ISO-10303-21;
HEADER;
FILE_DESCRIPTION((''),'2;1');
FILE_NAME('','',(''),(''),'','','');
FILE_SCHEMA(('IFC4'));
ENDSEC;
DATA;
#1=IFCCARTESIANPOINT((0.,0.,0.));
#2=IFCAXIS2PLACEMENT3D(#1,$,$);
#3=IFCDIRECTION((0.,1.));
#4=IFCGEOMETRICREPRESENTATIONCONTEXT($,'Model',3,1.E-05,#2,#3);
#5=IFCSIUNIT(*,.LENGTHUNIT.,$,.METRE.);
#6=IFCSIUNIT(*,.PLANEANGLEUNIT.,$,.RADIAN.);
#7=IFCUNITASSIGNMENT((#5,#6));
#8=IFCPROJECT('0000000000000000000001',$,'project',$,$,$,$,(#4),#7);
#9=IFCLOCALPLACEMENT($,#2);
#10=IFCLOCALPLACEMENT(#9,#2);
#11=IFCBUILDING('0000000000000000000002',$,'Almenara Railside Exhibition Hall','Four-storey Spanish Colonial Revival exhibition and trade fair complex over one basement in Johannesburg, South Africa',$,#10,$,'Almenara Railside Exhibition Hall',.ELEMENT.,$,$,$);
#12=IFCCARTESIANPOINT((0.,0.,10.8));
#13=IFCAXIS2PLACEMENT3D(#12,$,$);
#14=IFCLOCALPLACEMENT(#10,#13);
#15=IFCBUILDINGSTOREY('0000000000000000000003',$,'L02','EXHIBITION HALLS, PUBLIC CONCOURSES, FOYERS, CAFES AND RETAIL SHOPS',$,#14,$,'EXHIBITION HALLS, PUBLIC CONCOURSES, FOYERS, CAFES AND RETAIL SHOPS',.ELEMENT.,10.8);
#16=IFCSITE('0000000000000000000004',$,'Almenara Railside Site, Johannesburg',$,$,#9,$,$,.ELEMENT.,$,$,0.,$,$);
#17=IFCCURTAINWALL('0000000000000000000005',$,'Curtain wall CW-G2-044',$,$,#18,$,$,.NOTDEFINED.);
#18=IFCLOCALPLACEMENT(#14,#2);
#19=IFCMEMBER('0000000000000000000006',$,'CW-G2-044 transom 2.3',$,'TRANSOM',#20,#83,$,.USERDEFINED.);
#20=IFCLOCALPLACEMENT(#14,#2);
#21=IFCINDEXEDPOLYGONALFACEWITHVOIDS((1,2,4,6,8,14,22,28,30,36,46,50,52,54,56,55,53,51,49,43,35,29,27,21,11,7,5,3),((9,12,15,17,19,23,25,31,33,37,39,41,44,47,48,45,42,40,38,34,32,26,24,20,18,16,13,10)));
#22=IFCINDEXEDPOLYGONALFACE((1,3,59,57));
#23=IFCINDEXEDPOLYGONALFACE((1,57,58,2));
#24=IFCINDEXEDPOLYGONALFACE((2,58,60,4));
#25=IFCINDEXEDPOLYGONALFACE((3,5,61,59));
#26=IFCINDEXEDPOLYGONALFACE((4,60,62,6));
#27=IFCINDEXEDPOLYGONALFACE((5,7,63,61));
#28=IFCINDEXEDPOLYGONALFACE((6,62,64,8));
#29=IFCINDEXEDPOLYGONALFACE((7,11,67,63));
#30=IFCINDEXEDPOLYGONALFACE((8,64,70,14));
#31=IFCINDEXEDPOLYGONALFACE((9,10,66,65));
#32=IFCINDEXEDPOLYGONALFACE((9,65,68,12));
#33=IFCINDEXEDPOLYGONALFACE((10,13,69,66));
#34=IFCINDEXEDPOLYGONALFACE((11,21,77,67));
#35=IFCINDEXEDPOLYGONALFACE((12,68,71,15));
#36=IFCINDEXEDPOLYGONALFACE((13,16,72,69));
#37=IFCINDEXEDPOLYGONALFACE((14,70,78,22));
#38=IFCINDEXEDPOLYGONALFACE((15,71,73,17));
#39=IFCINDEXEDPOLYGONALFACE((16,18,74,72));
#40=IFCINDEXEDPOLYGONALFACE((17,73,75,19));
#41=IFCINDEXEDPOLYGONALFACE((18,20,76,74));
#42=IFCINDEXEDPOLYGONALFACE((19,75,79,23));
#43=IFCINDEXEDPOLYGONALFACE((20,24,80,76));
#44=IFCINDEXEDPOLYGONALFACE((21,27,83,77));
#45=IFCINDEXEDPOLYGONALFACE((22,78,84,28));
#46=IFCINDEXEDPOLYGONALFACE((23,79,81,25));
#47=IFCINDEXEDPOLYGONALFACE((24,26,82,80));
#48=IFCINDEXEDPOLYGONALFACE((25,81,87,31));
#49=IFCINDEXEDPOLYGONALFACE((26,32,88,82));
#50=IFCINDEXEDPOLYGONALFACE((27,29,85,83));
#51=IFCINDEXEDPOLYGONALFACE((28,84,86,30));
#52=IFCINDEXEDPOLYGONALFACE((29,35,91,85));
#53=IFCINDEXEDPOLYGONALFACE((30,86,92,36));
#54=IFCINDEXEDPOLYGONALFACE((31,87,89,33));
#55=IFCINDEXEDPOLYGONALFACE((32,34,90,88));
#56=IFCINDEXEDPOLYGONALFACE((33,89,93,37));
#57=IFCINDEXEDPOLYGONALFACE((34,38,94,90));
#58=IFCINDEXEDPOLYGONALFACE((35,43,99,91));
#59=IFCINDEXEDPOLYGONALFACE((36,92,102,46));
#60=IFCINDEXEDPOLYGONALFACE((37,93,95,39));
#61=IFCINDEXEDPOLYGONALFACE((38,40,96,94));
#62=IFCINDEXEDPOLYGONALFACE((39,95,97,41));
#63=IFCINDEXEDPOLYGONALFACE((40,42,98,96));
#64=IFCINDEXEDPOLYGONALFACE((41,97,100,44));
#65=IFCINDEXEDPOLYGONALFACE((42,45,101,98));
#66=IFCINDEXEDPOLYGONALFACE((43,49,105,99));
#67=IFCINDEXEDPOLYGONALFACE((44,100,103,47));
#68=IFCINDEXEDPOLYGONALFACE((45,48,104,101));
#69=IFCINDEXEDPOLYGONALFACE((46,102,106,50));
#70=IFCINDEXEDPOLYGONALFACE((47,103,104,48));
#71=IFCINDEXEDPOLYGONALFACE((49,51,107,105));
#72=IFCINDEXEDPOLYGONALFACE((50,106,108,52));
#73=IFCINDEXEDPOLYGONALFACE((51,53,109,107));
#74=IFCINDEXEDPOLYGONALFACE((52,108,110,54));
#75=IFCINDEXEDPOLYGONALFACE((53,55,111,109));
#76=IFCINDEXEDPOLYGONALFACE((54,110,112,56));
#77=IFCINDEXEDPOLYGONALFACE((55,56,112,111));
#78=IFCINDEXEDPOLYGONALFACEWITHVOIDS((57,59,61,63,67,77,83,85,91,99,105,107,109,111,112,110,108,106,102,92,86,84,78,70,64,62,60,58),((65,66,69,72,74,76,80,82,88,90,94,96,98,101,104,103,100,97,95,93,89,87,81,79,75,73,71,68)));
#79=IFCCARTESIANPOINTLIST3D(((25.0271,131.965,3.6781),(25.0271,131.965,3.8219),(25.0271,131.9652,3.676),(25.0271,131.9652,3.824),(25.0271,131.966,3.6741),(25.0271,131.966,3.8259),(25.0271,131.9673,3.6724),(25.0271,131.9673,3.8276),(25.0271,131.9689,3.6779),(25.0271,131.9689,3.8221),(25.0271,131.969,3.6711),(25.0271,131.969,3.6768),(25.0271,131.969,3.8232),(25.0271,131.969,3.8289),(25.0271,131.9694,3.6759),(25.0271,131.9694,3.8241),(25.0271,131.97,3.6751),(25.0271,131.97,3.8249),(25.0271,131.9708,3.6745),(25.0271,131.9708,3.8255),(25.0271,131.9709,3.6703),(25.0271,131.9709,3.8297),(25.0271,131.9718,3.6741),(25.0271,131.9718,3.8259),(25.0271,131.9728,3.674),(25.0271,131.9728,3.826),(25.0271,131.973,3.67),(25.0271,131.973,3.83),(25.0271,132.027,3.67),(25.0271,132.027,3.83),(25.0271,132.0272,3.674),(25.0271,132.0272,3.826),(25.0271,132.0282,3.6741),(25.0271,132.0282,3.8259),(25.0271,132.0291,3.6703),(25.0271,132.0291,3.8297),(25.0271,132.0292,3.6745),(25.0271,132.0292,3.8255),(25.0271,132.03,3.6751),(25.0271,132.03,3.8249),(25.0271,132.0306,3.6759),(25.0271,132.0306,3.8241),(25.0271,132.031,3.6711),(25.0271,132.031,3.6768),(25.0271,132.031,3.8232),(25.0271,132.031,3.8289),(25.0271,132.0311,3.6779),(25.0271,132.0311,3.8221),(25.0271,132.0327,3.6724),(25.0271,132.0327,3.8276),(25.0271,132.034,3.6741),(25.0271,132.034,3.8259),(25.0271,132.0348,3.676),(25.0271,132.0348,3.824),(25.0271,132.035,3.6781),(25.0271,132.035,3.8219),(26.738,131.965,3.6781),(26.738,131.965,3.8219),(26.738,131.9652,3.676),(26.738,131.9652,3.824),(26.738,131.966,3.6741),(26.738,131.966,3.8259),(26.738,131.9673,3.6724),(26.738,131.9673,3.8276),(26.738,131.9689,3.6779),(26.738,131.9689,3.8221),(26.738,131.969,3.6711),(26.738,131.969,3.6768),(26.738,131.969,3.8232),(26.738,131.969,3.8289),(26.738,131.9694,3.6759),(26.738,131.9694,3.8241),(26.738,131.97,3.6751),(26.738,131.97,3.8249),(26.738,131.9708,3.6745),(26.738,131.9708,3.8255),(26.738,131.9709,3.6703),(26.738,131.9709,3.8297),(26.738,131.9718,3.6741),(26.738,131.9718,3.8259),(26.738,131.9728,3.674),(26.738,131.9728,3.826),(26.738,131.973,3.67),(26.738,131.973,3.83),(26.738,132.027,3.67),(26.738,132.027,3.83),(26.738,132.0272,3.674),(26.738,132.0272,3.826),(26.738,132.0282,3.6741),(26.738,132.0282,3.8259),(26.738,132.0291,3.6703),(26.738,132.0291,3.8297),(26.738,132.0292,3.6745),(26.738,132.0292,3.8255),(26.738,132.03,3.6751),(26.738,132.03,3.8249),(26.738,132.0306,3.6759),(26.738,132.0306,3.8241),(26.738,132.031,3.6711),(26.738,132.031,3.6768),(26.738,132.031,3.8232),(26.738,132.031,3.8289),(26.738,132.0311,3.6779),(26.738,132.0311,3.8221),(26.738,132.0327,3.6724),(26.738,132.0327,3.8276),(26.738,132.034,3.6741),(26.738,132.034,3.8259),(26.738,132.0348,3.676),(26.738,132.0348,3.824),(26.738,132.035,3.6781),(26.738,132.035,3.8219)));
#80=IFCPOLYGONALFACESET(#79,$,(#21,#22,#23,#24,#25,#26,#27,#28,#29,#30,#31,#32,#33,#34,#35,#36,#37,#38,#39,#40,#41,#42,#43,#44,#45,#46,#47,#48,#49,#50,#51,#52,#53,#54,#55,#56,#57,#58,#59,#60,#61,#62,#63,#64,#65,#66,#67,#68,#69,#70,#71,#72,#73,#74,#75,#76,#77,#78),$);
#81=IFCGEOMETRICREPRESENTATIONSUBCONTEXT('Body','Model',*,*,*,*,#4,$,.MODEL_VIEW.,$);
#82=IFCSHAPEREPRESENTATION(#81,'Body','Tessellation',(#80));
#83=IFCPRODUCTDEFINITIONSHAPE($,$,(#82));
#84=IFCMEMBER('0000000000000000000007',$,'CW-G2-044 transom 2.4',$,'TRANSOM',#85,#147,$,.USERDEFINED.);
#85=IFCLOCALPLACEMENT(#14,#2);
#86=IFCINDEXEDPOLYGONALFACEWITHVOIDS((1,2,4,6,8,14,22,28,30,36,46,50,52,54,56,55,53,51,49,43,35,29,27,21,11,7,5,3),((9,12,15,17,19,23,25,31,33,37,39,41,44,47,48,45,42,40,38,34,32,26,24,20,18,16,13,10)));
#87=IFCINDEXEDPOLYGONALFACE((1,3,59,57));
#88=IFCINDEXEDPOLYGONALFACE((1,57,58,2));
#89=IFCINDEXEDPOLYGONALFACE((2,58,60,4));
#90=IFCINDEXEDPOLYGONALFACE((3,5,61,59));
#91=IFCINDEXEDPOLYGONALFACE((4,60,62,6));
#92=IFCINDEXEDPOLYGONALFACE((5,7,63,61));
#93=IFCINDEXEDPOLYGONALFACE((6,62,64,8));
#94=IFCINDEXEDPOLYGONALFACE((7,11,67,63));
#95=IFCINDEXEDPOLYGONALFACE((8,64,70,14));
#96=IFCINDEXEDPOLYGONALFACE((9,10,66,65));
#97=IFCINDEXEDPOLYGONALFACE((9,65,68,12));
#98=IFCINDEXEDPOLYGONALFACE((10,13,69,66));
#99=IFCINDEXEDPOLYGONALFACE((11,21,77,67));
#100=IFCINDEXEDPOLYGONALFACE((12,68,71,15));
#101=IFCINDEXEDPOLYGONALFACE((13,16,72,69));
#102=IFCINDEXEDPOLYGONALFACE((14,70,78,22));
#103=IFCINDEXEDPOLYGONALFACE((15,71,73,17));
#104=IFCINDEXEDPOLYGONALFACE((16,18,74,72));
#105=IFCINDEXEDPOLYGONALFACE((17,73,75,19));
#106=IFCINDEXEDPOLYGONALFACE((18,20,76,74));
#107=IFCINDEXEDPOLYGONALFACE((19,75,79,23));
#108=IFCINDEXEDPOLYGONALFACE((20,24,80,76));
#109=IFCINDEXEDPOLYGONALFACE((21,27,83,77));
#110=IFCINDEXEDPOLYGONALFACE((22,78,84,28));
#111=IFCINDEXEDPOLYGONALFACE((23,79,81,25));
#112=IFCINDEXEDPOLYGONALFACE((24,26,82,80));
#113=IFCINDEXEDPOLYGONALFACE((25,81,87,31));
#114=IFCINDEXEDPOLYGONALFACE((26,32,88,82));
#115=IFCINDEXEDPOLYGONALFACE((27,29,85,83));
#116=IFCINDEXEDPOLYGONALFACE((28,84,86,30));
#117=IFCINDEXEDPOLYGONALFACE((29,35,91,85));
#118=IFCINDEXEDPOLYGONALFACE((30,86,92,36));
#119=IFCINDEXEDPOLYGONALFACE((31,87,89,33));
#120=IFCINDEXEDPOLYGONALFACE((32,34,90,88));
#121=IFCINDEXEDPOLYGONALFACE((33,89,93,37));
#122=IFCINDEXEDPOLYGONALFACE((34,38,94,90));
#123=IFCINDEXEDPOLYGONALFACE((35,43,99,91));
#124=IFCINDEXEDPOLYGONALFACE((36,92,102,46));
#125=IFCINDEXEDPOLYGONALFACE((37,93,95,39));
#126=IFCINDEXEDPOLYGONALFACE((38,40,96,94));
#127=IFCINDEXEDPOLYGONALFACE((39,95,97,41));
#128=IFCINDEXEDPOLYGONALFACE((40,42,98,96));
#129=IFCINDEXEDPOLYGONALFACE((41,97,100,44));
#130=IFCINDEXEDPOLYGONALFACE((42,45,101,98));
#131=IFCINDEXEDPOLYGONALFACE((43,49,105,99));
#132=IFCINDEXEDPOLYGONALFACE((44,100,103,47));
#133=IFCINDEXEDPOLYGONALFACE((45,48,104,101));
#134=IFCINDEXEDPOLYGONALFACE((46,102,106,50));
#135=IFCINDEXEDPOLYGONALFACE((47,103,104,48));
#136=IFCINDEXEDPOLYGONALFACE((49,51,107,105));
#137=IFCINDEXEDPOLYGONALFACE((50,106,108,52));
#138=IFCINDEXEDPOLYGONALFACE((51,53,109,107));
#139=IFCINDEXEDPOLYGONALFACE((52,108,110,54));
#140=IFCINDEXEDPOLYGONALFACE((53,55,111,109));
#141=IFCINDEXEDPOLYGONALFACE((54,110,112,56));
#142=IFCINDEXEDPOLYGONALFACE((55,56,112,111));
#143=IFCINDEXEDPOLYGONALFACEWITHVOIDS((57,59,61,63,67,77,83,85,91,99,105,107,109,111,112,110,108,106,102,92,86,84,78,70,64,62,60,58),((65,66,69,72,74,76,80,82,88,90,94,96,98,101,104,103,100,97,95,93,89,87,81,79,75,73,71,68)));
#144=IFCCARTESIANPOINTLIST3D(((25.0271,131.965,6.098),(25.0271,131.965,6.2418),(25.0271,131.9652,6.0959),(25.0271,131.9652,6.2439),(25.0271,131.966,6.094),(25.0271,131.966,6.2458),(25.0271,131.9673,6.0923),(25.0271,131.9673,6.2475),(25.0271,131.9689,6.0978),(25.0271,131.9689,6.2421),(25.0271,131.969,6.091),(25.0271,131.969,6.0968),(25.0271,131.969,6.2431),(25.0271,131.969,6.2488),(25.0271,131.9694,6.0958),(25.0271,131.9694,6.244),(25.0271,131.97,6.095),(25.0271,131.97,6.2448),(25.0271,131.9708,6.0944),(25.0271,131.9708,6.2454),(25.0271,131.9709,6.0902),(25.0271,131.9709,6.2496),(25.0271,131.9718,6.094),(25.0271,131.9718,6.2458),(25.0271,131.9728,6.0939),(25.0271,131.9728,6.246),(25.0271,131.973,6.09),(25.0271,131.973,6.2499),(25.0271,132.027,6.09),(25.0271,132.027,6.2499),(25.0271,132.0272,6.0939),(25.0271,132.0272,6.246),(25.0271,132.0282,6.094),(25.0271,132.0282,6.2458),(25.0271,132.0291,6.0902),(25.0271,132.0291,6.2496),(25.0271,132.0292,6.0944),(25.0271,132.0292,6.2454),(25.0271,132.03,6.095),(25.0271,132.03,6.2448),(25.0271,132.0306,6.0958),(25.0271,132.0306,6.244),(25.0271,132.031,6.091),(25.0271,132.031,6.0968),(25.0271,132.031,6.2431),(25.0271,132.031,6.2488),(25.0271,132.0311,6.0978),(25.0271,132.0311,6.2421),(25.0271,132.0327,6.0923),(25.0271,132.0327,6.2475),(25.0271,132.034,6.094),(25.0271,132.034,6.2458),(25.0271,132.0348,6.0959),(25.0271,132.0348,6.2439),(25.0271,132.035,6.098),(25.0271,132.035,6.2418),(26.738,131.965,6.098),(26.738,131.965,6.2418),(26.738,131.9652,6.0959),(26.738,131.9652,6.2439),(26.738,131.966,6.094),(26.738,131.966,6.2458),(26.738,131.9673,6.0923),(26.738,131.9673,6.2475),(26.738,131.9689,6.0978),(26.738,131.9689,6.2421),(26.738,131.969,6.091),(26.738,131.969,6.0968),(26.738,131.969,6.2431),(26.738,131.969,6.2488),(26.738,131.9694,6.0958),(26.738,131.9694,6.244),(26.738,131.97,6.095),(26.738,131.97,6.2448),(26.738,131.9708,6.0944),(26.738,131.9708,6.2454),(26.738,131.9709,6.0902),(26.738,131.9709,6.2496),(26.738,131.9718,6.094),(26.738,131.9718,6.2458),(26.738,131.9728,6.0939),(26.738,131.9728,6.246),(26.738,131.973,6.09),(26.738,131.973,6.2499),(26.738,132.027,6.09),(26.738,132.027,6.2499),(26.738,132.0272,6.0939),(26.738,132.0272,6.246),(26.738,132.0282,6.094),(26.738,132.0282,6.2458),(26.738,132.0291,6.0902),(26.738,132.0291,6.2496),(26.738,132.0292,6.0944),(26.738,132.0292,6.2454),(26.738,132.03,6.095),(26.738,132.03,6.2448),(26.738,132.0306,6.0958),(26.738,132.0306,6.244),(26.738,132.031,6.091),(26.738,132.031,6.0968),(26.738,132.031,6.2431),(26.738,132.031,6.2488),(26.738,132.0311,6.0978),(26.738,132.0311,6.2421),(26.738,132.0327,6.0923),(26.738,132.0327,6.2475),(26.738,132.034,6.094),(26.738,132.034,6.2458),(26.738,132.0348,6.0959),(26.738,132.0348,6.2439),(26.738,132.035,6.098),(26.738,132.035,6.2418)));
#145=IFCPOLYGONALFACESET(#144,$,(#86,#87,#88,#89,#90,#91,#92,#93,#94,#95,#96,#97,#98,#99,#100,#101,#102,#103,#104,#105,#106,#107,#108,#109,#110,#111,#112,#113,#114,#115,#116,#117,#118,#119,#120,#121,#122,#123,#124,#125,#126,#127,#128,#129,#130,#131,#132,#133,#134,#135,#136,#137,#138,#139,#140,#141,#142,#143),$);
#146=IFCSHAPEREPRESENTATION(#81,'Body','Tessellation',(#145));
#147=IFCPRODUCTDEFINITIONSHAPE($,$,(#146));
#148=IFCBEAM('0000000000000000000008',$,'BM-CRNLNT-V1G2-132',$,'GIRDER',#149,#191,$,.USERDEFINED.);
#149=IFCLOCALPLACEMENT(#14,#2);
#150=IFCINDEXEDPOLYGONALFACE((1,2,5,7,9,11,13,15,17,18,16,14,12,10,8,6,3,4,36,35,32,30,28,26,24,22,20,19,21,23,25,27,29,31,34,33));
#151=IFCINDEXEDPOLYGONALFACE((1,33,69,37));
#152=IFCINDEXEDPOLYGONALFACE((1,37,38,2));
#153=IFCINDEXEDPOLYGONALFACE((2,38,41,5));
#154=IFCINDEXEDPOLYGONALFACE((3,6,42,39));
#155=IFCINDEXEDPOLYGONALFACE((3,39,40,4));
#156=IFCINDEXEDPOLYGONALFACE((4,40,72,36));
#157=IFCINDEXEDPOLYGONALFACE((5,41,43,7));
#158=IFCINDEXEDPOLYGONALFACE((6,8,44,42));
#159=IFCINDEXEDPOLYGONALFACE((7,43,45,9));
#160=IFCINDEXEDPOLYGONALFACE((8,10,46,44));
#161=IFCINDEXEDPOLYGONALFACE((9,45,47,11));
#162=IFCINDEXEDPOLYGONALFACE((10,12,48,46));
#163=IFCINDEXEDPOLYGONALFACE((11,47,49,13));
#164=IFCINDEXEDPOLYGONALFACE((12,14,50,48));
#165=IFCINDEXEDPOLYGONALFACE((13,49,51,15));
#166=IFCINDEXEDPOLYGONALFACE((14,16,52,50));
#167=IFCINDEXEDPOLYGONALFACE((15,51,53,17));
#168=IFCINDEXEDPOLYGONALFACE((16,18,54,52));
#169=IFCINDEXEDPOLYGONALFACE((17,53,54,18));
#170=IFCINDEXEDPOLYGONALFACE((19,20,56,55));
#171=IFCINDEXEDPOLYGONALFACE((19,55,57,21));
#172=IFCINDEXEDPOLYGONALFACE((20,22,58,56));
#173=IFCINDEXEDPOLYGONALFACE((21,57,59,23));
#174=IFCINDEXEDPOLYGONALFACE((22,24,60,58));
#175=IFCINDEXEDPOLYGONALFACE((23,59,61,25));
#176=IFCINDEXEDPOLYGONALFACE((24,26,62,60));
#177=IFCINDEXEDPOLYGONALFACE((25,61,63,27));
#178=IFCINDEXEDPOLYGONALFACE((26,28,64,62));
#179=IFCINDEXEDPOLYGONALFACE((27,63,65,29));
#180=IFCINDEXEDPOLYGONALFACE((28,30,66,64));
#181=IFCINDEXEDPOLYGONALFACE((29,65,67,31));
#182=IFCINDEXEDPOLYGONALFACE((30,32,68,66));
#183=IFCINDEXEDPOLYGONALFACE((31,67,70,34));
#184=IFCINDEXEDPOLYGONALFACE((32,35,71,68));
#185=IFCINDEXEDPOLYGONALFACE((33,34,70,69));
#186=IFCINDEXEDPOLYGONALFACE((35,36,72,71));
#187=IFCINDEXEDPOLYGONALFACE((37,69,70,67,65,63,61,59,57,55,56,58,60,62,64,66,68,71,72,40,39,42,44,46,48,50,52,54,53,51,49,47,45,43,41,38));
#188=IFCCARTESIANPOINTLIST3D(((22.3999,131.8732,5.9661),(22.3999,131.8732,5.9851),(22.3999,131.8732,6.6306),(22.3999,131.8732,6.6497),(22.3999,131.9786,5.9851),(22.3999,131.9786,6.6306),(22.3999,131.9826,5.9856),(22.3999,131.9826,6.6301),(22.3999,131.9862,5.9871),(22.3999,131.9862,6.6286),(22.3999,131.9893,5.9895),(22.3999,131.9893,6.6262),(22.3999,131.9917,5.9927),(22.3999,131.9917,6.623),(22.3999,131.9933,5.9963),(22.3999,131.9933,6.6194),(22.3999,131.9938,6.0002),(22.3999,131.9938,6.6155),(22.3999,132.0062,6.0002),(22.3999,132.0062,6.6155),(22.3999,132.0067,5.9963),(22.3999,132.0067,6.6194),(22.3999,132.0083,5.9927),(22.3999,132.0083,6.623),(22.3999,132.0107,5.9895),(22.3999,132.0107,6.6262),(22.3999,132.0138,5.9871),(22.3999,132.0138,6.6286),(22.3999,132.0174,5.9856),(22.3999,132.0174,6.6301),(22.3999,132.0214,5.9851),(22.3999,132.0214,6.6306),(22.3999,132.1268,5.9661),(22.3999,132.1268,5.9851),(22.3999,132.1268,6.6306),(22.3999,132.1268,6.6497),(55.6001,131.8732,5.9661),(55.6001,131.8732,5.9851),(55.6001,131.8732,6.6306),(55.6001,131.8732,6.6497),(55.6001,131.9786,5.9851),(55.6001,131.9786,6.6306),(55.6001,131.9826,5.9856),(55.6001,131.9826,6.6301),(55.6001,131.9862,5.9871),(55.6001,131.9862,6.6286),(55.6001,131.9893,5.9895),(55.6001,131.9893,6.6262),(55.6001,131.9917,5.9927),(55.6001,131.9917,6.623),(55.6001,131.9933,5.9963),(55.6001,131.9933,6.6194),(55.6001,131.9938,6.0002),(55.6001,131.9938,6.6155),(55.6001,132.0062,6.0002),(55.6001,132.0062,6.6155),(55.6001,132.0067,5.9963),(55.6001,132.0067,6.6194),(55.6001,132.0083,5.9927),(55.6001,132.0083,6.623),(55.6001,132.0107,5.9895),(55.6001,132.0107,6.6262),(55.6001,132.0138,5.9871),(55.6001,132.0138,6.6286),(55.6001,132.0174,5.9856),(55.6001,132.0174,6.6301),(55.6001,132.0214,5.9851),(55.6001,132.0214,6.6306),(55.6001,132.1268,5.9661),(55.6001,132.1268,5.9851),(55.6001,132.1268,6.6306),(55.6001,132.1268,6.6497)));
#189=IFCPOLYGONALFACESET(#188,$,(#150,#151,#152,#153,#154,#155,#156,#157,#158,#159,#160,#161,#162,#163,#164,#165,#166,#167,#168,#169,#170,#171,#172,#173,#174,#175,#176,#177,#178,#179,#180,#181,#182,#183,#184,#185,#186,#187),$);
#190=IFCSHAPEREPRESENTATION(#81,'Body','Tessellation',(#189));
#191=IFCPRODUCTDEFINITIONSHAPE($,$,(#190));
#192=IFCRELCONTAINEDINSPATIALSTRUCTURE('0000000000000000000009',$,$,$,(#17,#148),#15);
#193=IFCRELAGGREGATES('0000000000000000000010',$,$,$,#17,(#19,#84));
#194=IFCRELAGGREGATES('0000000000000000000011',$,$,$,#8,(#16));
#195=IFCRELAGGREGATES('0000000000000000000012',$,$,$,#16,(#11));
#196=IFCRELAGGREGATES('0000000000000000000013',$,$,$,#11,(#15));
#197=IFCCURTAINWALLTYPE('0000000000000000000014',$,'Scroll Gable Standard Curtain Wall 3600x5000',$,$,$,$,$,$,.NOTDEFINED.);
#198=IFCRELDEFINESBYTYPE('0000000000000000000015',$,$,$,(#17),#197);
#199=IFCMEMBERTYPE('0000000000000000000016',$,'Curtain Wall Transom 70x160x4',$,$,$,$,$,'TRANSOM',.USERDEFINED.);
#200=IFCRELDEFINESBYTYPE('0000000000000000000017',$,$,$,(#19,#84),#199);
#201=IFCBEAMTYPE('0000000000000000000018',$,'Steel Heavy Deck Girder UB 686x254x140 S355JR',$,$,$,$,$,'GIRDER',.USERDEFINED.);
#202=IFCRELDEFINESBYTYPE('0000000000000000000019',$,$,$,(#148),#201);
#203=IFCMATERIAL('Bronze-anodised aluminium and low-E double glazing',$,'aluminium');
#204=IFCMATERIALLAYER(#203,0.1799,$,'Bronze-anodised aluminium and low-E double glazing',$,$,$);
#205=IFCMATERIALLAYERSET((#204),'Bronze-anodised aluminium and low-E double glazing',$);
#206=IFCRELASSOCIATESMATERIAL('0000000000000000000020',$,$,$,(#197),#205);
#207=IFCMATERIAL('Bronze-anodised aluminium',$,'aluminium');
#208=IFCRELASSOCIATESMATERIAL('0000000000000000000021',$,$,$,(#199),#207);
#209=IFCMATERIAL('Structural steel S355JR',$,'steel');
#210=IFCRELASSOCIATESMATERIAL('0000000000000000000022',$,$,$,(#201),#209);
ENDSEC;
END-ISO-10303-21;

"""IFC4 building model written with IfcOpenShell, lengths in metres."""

from ifc_helpers import new_model, si_unit, direction, frame, origin, origin_2d, place, context, subcontext, project, spatial, hollow_rectangle, i_section, extrude, material, layer, layer_set, material_profile, profile_set, type_object, element, aggregate, save


model = new_model("IFC4")

# Units and contexts
model_context = context("Model", 3, precision=1e-05, world=origin(), true_north=direction((0.0, 1.0)))
body_context = subcontext(model_context, "Body", "Model", "MODEL_VIEW")
ifc_project = project(units=[si_unit("LENGTHUNIT", "METRE"), si_unit("PLANEANGLEUNIT", "RADIAN")], contexts=[model_context])

# Site, building, storey
site_placement = place(None, origin())
site = spatial("IfcSite", under=ifc_project, at=site_placement, Name="Almenara Railside Site, Johannesburg", CompositionType="ELEMENT", RefElevation=0.0)
building_placement = place(site_placement, origin())
building = spatial("IfcBuilding", under=site, at=building_placement, Name="Almenara Railside Exhibition Hall", Description="Four-storey Spanish Colonial Revival exhibition and trade fair complex over one basement in Johannesburg, South Africa", LongName="Almenara Railside Exhibition Hall", CompositionType="ELEMENT")
storey_placement = place(building_placement, frame((0.0, 0.0, 10.8)))
storey = spatial("IfcBuildingStorey", under=building, at=storey_placement, Name="L02", Description="EXHIBITION HALLS, PUBLIC CONCOURSES, FOYERS, CAFES AND RETAIL SHOPS", LongName="EXHIBITION HALLS, PUBLIC CONCOURSES, FOYERS, CAFES AND RETAIL SHOPS", CompositionType="ELEMENT", Elevation=10.8)

# Shared definitions
ifc_material_1 = material(Name="Structural steel S355JR", Category="steel")

# Curtain wall, members
ifc_material_2 = material(Name="Bronze-anodised aluminium and low-E double glazing", Category="aluminium")
ifc_layer_1 = layer(ifc_material_2, 0.1799, Name="Bronze-anodised aluminium and low-E double glazing")
ifc_layer_set_1 = layer_set([ifc_layer_1], Name="Bronze-anodised aluminium and low-E double glazing")
curtain_wall_type = type_object("IfcCurtainWallType", Name="Scroll Gable Standard Curtain Wall 3600x5000", PredefinedType="NOTDEFINED", material=ifc_layer_set_1)
curtain_wall_placement = place(storey_placement, origin())
curtain_wall = element("IfcCurtainWall", 1, at=curtain_wall_placement, inside=storey, type_object=curtain_wall_type, Name="Curtain wall CW-G2-044", PredefinedType="NOTDEFINED")
ifc_material_3 = material(Name="Bronze-anodised aluminium", Category="aluminium")
ifc_material_profile_1 = material_profile(ifc_material_3, hollow_rectangle(XDim=0.0701, YDim=0.1599, WallThickness=0.0039, InnerFilletRadius=0.0039, OuterFilletRadius=0.0081, at=origin_2d()), Name="ALU-TRN 70x160x4")
ifc_profile_set_1 = profile_set([ifc_material_profile_1], Name="Bronze-anodised aluminium")
member_type_1 = type_object("IfcMemberType", Name="Curtain Wall Transom 70x160x4", ElementType="TRANSOM", PredefinedType="USERDEFINED", material=ifc_profile_set_1)
member_1_placement = place(storey_placement, frame((25.0271, 132.0, 3.75), z_axis=(1.0, 0.0, 0.0), x_axis=(0.0, 1.0, 0.0)))
member_1 = element("IfcMember", 2, at=member_1_placement, type_object=member_type_1, Name="CW-G2-044 transom 2.3", ObjectType="TRANSOM", PredefinedType="USERDEFINED", context=body_context, shape_type="SweptSolid", body=[
    extrude(hollow_rectangle(XDim=0.0701, YDim=0.1599, WallThickness=0.0039, InnerFilletRadius=0.0039, OuterFilletRadius=0.0081, at=origin_2d()), origin(), (0.0, 0.0, 1.0), 1.7109),
])
member_2_placement = place(storey_placement, frame((25.0271, 132.0, 6.1699), z_axis=(1.0, 0.0, 0.0), x_axis=(0.0, 1.0, 0.0)))
member_2 = element("IfcMember", 3, at=member_2_placement, type_object=member_type_1, Name="CW-G2-044 transom 2.4", ObjectType="TRANSOM", PredefinedType="USERDEFINED", context=body_context, shape_type="SweptSolid", body=[
    extrude(hollow_rectangle(XDim=0.0701, YDim=0.1599, WallThickness=0.0039, InnerFilletRadius=0.0039, OuterFilletRadius=0.0081, at=origin_2d()), origin(), (0.0, 0.0, 1.0), 1.7109),
])

# Beam
ifc_material_profile_2 = material_profile(ifc_material_1, i_section(OverallWidth=0.2537, OverallDepth=0.6836, WebThickness=0.0125, FlangeThickness=0.019, FilletRadius=0.0151, at=origin_2d()), Name="UB 686x254x140")
ifc_profile_set_2 = profile_set([ifc_material_profile_2], Name="Structural steel S355JR")
beam_type = type_object("IfcBeamType", Name="Steel Heavy Deck Girder UB 686x254x140 S355JR", ElementType="GIRDER", PredefinedType="USERDEFINED", material=ifc_profile_set_2)
beam_placement = place(storey_placement, frame((22.3999, 132.0, 6.3079), z_axis=(1.0, 0.0, 0.0), x_axis=(0.0, 1.0, 0.0)))
element("IfcBeam", 4, at=beam_placement, inside=storey, type_object=beam_type, Name="BM-CRNLNT-V1G2-132", ObjectType="GIRDER", PredefinedType="USERDEFINED", context=body_context, shape_type="SweptSolid", body=[
    extrude(i_section(OverallWidth=0.2537, OverallDepth=0.6836, WebThickness=0.0125, FlangeThickness=0.019, FilletRadius=0.0151, at=origin_2d()), origin(), (0.0, 0.0, 1.0), 33.2002),
])

aggregate(curtain_wall, [member_1, member_2])

save(model, "model.ifc")
